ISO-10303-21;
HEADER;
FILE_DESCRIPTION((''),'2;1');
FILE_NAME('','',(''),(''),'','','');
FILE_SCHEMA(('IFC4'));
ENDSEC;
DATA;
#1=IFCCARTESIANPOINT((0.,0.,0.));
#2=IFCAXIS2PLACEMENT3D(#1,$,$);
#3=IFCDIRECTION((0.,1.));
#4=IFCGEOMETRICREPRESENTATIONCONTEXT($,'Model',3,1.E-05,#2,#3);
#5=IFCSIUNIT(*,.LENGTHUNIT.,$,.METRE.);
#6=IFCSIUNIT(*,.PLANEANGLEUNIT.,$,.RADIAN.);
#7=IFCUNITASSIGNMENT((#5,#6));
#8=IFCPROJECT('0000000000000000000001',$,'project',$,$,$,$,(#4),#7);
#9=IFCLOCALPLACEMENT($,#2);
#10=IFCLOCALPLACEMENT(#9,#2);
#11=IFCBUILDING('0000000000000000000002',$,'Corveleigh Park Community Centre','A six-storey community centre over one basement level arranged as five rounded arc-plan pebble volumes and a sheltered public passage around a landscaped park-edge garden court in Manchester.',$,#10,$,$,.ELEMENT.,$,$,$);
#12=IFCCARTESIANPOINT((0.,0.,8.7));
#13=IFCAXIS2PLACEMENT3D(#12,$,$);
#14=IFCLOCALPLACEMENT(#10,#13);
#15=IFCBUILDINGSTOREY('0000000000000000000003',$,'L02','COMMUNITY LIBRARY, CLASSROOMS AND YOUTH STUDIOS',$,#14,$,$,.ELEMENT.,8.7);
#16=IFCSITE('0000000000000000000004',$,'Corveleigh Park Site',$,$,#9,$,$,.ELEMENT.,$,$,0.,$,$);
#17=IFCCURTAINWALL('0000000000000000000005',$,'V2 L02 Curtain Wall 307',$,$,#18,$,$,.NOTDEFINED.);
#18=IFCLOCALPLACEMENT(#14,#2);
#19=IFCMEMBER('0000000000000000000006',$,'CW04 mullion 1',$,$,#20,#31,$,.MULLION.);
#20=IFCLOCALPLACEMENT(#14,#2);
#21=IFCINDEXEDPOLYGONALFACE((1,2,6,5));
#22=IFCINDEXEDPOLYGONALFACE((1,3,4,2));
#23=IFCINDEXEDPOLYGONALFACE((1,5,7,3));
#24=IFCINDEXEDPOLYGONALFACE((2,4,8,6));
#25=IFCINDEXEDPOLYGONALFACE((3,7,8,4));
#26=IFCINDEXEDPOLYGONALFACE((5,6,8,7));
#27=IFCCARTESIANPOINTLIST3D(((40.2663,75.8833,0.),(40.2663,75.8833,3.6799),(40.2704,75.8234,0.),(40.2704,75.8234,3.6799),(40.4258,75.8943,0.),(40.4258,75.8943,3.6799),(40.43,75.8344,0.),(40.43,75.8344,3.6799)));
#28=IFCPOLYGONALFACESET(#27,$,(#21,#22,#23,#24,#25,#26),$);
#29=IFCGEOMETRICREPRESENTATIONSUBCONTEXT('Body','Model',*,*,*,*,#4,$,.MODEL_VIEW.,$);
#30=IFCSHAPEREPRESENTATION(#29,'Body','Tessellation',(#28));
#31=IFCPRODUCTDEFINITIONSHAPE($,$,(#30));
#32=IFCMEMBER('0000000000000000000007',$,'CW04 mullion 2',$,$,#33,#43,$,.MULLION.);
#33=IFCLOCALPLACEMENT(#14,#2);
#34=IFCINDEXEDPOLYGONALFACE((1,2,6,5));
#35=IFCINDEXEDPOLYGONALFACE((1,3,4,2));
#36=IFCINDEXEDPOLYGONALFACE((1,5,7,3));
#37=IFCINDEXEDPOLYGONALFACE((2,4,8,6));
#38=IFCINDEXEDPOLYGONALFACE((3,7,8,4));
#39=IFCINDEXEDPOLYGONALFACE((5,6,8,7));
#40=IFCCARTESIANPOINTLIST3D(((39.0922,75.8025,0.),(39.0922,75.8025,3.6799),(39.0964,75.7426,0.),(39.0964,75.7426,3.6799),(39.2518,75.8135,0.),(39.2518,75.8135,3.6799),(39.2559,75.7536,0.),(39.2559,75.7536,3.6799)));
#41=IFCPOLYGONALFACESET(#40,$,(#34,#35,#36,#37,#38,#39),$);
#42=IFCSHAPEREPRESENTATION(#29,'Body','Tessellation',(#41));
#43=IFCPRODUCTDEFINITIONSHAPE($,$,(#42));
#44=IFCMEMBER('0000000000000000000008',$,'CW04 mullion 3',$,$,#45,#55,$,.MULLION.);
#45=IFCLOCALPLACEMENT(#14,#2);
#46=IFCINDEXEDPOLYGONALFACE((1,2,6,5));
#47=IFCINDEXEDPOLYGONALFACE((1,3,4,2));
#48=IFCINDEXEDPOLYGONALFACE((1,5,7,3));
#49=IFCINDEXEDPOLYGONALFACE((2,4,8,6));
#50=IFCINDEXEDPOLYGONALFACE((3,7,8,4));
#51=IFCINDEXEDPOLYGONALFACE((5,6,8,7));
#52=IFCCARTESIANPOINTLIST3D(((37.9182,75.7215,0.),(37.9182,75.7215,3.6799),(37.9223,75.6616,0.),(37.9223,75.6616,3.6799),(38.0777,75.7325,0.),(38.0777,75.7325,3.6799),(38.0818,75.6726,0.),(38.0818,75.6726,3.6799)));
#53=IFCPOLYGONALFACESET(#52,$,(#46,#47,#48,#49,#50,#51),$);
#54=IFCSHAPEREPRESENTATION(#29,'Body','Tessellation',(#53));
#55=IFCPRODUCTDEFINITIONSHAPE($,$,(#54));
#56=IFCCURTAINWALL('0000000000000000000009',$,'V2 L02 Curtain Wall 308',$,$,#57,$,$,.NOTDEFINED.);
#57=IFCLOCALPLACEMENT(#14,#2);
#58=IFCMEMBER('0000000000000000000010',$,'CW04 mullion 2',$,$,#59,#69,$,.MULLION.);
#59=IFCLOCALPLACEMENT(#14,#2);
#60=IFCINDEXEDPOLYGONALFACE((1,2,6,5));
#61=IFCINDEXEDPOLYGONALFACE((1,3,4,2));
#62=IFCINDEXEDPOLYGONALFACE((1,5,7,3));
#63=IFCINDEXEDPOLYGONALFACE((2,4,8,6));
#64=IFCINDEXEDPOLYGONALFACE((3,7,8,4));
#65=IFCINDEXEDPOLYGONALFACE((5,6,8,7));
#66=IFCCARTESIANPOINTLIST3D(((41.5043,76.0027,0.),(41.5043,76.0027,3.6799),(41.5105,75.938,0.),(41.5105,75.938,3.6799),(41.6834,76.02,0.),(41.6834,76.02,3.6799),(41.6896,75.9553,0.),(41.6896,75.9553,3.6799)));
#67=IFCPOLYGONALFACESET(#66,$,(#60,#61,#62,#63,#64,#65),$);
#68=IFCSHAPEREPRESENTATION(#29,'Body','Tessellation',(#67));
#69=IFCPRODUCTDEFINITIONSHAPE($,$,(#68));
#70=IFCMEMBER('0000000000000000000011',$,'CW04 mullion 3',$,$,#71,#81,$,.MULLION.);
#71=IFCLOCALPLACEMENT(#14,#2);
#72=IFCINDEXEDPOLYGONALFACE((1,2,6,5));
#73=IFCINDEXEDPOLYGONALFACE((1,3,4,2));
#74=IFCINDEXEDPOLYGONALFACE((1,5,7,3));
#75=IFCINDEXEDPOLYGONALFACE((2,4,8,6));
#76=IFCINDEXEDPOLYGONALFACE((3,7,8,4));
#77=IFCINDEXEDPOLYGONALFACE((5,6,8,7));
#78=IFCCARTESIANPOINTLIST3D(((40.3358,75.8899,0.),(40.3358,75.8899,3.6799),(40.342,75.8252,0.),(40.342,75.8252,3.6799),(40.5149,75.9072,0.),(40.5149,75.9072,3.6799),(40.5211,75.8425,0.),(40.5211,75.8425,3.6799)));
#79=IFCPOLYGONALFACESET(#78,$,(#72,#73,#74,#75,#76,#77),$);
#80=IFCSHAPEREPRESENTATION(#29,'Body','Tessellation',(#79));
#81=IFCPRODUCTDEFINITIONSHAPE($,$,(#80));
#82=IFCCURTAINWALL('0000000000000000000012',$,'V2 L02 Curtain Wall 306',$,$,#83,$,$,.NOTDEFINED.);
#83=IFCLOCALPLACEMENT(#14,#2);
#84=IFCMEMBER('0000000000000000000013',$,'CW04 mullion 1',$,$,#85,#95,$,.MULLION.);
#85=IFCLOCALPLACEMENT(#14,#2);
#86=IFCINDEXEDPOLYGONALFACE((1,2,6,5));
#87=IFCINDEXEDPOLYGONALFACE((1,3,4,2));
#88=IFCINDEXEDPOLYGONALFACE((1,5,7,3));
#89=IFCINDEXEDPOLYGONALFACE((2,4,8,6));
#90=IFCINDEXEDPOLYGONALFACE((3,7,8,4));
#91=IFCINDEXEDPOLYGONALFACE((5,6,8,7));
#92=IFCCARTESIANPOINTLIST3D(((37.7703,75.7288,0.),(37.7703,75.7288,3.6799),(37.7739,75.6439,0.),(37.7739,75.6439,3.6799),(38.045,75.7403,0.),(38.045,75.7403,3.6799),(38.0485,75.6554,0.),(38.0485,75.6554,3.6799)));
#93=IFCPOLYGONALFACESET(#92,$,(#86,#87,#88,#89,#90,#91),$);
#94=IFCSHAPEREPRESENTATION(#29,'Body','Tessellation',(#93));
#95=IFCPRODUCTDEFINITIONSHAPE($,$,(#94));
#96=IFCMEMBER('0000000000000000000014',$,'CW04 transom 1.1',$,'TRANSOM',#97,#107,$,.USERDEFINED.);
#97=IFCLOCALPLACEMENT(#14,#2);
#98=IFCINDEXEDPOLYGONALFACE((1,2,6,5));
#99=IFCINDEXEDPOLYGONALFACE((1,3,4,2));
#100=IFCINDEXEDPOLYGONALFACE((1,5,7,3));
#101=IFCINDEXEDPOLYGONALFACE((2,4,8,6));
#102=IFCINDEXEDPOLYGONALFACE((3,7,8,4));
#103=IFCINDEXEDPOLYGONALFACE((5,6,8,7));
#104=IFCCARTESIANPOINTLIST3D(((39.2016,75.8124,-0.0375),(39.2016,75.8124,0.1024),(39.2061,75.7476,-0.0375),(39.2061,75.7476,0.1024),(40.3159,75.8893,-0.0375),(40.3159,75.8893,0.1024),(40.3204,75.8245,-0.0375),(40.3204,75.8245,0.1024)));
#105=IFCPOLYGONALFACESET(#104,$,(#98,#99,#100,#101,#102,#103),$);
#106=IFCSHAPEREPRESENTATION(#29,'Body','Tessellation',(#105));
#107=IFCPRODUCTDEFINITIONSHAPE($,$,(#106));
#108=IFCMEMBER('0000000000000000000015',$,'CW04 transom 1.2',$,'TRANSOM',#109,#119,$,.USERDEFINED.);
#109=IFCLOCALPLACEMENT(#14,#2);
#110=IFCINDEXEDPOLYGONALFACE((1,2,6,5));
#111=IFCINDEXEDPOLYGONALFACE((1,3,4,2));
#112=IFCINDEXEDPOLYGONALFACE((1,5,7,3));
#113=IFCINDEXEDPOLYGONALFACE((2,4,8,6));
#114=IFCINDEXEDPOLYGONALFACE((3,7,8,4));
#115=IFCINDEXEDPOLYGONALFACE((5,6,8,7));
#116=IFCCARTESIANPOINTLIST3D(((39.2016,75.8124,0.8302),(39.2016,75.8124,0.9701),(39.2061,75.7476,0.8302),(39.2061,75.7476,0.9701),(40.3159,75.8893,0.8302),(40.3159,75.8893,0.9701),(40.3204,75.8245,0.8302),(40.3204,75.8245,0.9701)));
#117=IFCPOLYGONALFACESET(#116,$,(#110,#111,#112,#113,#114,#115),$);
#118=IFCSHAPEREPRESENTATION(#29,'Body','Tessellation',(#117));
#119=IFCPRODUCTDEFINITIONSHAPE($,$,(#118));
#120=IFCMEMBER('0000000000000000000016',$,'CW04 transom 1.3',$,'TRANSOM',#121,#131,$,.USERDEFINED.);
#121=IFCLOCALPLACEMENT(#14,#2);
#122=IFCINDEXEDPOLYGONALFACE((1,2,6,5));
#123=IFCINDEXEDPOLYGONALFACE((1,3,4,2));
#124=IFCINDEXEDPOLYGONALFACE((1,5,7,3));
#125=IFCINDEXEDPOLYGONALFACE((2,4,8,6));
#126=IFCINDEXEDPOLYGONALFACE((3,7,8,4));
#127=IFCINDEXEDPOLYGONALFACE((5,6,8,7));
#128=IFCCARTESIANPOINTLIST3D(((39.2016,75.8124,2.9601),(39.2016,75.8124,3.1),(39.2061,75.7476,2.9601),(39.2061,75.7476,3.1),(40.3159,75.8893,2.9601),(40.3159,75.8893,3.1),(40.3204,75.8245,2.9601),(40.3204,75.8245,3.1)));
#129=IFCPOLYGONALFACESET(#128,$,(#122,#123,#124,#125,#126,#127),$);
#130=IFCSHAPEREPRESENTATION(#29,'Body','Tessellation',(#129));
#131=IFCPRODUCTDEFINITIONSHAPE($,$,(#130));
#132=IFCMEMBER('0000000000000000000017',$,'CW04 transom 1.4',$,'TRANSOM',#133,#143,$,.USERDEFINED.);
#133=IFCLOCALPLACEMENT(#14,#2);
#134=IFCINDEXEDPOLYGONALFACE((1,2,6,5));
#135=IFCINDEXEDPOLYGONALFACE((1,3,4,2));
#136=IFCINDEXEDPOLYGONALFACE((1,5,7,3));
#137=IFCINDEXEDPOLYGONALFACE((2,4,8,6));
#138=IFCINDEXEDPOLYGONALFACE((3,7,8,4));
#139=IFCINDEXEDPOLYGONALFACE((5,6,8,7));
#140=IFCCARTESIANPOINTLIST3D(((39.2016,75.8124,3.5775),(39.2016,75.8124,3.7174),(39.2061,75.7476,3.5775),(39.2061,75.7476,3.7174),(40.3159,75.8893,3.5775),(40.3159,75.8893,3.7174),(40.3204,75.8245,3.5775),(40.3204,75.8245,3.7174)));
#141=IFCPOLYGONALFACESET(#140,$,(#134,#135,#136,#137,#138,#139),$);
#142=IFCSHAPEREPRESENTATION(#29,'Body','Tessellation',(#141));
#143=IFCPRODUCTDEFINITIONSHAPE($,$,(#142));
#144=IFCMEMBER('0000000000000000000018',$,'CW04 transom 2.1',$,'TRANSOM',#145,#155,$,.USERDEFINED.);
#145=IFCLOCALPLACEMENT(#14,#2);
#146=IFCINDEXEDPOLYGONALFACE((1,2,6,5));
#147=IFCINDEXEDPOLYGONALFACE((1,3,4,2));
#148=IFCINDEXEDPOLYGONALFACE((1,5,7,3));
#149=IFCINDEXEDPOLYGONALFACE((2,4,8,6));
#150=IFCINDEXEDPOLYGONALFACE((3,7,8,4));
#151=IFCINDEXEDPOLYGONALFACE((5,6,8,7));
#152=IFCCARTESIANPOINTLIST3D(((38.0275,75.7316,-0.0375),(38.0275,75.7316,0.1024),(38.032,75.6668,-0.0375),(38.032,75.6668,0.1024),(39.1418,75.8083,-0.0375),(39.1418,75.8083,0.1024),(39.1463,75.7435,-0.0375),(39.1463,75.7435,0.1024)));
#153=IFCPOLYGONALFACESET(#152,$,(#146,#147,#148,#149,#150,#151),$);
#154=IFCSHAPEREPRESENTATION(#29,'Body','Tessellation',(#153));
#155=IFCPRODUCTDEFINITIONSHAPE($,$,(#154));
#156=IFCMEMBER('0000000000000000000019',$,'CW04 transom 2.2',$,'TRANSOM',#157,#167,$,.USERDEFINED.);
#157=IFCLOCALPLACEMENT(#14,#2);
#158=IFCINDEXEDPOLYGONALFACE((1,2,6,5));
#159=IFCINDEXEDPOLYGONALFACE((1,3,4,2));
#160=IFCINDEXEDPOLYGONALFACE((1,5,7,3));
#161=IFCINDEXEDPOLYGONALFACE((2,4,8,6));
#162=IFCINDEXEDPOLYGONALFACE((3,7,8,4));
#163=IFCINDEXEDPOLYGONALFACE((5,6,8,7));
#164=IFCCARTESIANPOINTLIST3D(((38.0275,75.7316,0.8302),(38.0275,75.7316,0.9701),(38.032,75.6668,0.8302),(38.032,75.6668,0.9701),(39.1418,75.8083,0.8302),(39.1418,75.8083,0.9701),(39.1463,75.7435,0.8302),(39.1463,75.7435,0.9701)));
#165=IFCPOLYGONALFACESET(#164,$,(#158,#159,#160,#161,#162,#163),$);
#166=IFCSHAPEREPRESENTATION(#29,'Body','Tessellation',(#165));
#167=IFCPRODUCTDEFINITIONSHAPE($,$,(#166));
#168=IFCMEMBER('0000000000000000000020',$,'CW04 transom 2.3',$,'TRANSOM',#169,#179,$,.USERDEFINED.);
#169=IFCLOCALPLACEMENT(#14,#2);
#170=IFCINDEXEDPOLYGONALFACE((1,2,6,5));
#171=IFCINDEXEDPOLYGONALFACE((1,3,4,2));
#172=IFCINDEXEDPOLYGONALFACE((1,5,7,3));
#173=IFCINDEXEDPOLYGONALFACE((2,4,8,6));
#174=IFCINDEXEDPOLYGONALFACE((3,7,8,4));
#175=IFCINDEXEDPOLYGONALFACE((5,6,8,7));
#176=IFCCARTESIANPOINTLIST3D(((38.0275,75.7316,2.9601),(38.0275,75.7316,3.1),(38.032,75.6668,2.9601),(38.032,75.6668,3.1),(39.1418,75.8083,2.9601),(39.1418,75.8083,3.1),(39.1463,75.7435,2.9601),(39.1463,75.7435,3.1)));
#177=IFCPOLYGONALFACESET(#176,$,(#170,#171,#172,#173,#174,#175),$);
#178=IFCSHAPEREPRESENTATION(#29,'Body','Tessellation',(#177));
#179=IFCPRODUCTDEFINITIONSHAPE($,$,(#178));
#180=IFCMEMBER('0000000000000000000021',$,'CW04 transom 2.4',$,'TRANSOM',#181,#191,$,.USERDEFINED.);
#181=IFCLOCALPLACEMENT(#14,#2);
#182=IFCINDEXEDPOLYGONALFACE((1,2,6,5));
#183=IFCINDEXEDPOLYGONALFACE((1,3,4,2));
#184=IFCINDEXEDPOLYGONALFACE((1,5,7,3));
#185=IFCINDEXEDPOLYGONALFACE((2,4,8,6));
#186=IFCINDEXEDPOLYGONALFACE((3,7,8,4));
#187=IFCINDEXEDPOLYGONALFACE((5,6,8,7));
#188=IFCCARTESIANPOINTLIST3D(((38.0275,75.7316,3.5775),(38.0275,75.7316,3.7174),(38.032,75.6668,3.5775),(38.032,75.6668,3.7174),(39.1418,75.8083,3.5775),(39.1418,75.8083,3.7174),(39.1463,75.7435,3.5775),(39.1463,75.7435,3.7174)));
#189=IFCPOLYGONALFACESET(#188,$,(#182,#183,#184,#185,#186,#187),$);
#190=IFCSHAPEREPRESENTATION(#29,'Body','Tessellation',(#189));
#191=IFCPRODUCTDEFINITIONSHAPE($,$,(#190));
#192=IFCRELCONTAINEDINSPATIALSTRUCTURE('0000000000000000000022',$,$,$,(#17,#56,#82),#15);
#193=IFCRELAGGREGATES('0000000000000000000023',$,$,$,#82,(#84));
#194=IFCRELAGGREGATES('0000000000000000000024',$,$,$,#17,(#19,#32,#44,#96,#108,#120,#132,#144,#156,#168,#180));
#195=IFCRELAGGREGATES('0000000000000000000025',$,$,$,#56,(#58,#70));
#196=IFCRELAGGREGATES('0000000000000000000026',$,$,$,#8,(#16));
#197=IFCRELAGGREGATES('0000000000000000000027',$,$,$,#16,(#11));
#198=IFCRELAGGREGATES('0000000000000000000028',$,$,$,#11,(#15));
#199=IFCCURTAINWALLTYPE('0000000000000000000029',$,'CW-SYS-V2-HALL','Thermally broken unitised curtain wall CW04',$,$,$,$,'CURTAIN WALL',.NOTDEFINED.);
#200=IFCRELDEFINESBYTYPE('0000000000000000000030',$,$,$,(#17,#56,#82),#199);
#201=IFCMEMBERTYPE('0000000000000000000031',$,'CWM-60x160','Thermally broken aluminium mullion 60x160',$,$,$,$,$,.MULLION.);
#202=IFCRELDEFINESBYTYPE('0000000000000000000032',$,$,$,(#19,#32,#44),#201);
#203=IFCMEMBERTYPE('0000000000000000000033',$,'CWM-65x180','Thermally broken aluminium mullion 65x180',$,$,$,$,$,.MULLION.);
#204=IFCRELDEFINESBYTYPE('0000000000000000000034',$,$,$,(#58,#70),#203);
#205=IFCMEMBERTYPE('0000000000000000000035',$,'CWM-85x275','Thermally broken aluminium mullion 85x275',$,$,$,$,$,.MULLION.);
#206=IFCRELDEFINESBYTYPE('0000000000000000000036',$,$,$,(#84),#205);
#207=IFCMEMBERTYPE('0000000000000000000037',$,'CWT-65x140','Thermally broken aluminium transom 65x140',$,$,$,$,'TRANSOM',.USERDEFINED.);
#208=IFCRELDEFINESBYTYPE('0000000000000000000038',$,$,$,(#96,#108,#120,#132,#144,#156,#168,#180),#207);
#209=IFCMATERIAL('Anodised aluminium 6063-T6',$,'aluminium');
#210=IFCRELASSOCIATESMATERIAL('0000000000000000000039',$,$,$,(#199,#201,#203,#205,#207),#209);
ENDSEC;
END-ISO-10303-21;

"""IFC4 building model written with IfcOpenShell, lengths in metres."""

from ifc_helpers import new_model, si_unit, direction, frame, origin, origin_2d, place, context, subcontext, project, spatial, rectangle, extrude, material, material_profile, profile_set, type_object, element, aggregate, save


model = new_model("IFC4")

# Units and contexts
model_context = context("Model", 3, precision=1e-05, world=origin(), true_north=direction((0.0, 1.0)))
body_context = subcontext(model_context, "Body", "Model", "MODEL_VIEW")
ifc_project = project(units=[si_unit("LENGTHUNIT", "METRE"), si_unit("PLANEANGLEUNIT", "RADIAN")], contexts=[model_context])

# Site, building, storey
site_placement = place(None, origin())
site = spatial("IfcSite", under=ifc_project, at=site_placement, Name="Corveleigh Park Site", CompositionType="ELEMENT", RefElevation=0.0)
building_placement = place(site_placement, origin())
building = spatial("IfcBuilding", under=site, at=building_placement, Name="Corveleigh Park Community Centre", Description="A six-storey community centre over one basement level arranged as five rounded arc-plan pebble volumes and a sheltered public passage around a landscaped park-edge garden court in Manchester.", CompositionType="ELEMENT")
storey_placement = place(building_placement, frame((0.0, 0.0, 8.7)))
storey = spatial("IfcBuildingStorey", under=building, at=storey_placement, Name="L02", Description="COMMUNITY LIBRARY, CLASSROOMS AND YOUTH STUDIOS", CompositionType="ELEMENT", Elevation=8.7)

# Curtain walls, members
ifc_material_1 = material(Name="Anodised aluminium 6063-T6", Category="aluminium")
curtain_wall_type = type_object("IfcCurtainWallType", Name="CW-SYS-V2-HALL", Description="Thermally broken unitised curtain wall CW04", ElementType="CURTAIN WALL", PredefinedType="NOTDEFINED", material=ifc_material_1)
curtain_wall_1_placement = place(storey_placement, origin())
curtain_wall_1 = element("IfcCurtainWall", 1, at=curtain_wall_1_placement, inside=storey, type_object=curtain_wall_type, Name="V2 L02 Curtain Wall 307", PredefinedType="NOTDEFINED")
ifc_material_profile_1 = material_profile(ifc_material_1, rectangle(XDim=0.0601, YDim=0.1599, at=origin_2d()), Name="ALU-M60x160", Category="aluminium")
ifc_profile_set_1 = profile_set([ifc_material_profile_1], Name="Anodised aluminium 6063-T6")
member_type_1 = type_object("IfcMemberType", Name="CWM-60x160", Description="Thermally broken aluminium mullion 60x160", PredefinedType="MULLION", material=ifc_profile_set_1)
member_1_placement = place(storey_placement, frame((40.3481, 75.8589, 0.0), z_axis=(0.0, 0.0, 1.0), x_axis=(0.068774, -0.997632, 0.0)))
member_1 = element("IfcMember", 2, at=member_1_placement, type_object=member_type_1, Name="CW04 mullion 1", PredefinedType="MULLION", context=body_context, shape_type="SweptSolid", body=[
    extrude(rectangle(XDim=0.0601, YDim=0.1599, at=origin_2d()), origin(), (0.0, 0.0, 1.0), 3.6799),
])
member_2_placement = place(storey_placement, frame((39.1741, 75.7781, 0.0), z_axis=(0.0, 0.0, 1.0), x_axis=(0.068774, -0.997632, 0.0)))
member_2 = element("IfcMember", 3, at=member_2_placement, type_object=member_type_1, Name="CW04 mullion 2", PredefinedType="MULLION", context=body_context, shape_type="SweptSolid", body=[
    extrude(rectangle(XDim=0.0601, YDim=0.1599, at=origin_2d()), origin(), (0.0, 0.0, 1.0), 3.6799),
])
member_3_placement = place(storey_placement, frame((38.0, 75.697, 0.0), z_axis=(0.0, 0.0, 1.0), x_axis=(0.068774, -0.997632, 0.0)))
member_3 = element("IfcMember", 4, at=member_3_placement, type_object=member_type_1, Name="CW04 mullion 3", PredefinedType="MULLION", context=body_context, shape_type="SweptSolid", body=[
    extrude(rectangle(XDim=0.0601, YDim=0.1599, at=origin_2d()), origin(), (0.0, 0.0, 1.0), 3.6799),
])
curtain_wall_2_placement = place(storey_placement, origin())
curtain_wall_2 = element("IfcCurtainWall", 5, at=curtain_wall_2_placement, inside=storey, type_object=curtain_wall_type, Name="V2 L02 Curtain Wall 308", PredefinedType="NOTDEFINED")
ifc_material_profile_2 = material_profile(ifc_material_1, rectangle(XDim=0.0649, YDim=0.1799, at=origin_2d()), Name="ALU-M65x180", Category="aluminium")
ifc_profile_set_2 = profile_set([ifc_material_profile_2], Name="Anodised aluminium 6063-T6")
member_type_2 = type_object("IfcMemberType", Name="CWM-65x180", Description="Thermally broken aluminium mullion 65x180", PredefinedType="MULLION", material=ifc_profile_set_2)
member_4_placement = place(storey_placement, frame((41.5969, 75.979, 0.0), z_axis=(0.0, 0.0, 1.0), x_axis=(0.096139, -0.995368, 0.0)))
member_4 = element("IfcMember", 6, at=member_4_placement, type_object=member_type_2, Name="CW04 mullion 2", PredefinedType="MULLION", context=body_context, shape_type="SweptSolid", body=[
    extrude(rectangle(XDim=0.0649, YDim=0.1799, at=origin_2d()), origin(), (0.0, 0.0, 1.0), 3.6799),
])
member_5_placement = place(storey_placement, frame((40.4285, 75.8662, 0.0), z_axis=(0.0, 0.0, 1.0), x_axis=(0.096139, -0.995368, 0.0)))
member_5 = element("IfcMember", 7, at=member_5_placement, type_object=member_type_2, Name="CW04 mullion 3", PredefinedType="MULLION", context=body_context, shape_type="SweptSolid", body=[
    extrude(rectangle(XDim=0.0649, YDim=0.1799, at=origin_2d()), origin(), (0.0, 0.0, 1.0), 3.6799),
])

# Curtain wall, member
curtain_wall_3_placement = place(storey_placement, origin())
curtain_wall_3 = element("IfcCurtainWall", 8, at=curtain_wall_3_placement, inside=storey, type_object=curtain_wall_type, Name="V2 L02 Curtain Wall 306", PredefinedType="NOTDEFINED")
ifc_material_profile_3 = material_profile(ifc_material_1, rectangle(XDim=0.085, YDim=0.2749, at=origin_2d()), Name="ALU-M85x275", Category="aluminium")
ifc_profile_set_3 = profile_set([ifc_material_profile_3], Name="Anodised aluminium 6063-T6")
member_type_3 = type_object("IfcMemberType", Name="CWM-85x275", Description="Thermally broken aluminium mullion 85x275", PredefinedType="MULLION", material=ifc_profile_set_3)
member_6_placement = place(storey_placement, frame((37.9094, 75.6921, 0.0), z_axis=(0.0, 0.0, 1.0), x_axis=(0.041837, -0.999124, 0.0)))
member_6 = element("IfcMember", 9, at=member_6_placement, type_object=member_type_3, Name="CW04 mullion 1", PredefinedType="MULLION", context=body_context, shape_type="SweptSolid", body=[
    extrude(rectangle(XDim=0.085, YDim=0.2749, at=origin_2d()), origin(), (0.0, 0.0, 1.0), 3.6799),
])
aggregate(curtain_wall_3, [member_6])

# Members
ifc_material_profile_4 = material_profile(ifc_material_1, rectangle(XDim=0.0649, YDim=0.1399, at=origin_2d()), Name="ALU-T65x140", Category="aluminium")
ifc_profile_set_4 = profile_set([ifc_material_profile_4], Name="Anodised aluminium 6063-T6")
member_type_4 = type_object("IfcMemberType", Name="CWT-65x140", Description="Thermally broken aluminium transom 65x140", ElementType="TRANSOM", PredefinedType="USERDEFINED", material=ifc_profile_set_4)
member_7_placement = place(storey_placement, frame((40.3181, 75.8569, 0.0325), z_axis=(-0.997627, -0.068855, 0.0), x_axis=(0.068855, -0.997627, 0.0)))
member_7 = element("IfcMember", 10, at=member_7_placement, type_object=member_type_4, Name="CW04 transom 1.1", ObjectType="TRANSOM", PredefinedType="USERDEFINED", context=body_context, shape_type="SweptSolid", body=[
    extrude(rectangle(XDim=0.0649, YDim=0.1399, at=origin_2d()), origin(), (0.0, 0.0, 1.0), 1.1169),
])
member_8_placement = place(storey_placement, frame((40.3181, 75.8569, 0.9001), z_axis=(-0.997627, -0.068855, 0.0), x_axis=(0.068855, -0.997627, 0.0)))
member_8 = element("IfcMember", 11, at=member_8_placement, type_object=member_type_4, Name="CW04 transom 1.2", ObjectType="TRANSOM", PredefinedType="USERDEFINED", context=body_context, shape_type="SweptSolid", body=[
    extrude(rectangle(XDim=0.0649, YDim=0.1399, at=origin_2d()), origin(), (0.0, 0.0, 1.0), 1.1169),
])
member_9_placement = place(storey_placement, frame((40.3181, 75.8569, 3.03), z_axis=(-0.997627, -0.068855, 0.0), x_axis=(0.068855, -0.997627, 0.0)))
member_9 = element("IfcMember", 12, at=member_9_placement, type_object=member_type_4, Name="CW04 transom 1.3", ObjectType="TRANSOM", PredefinedType="USERDEFINED", context=body_context, shape_type="SweptSolid", body=[
    extrude(rectangle(XDim=0.0649, YDim=0.1399, at=origin_2d()), origin(), (0.0, 0.0, 1.0), 1.1169),
])
member_10_placement = place(storey_placement, frame((40.3181, 75.8569, 3.6475), z_axis=(-0.997627, -0.068855, 0.0), x_axis=(0.068855, -0.997627, 0.0)))
member_10 = element("IfcMember", 13, at=member_10_placement, type_object=member_type_4, Name="CW04 transom 1.4", ObjectType="TRANSOM", PredefinedType="USERDEFINED", context=body_context, shape_type="SweptSolid", body=[
    extrude(rectangle(XDim=0.0649, YDim=0.1399, at=origin_2d()), origin(), (0.0, 0.0, 1.0), 1.1169),
])
member_11_placement = place(storey_placement, frame((39.144, 75.7759, 0.0325), z_axis=(-0.997642, -0.068637, 0.0), x_axis=(0.068637, -0.997642, 0.0)))
member_11 = element("IfcMember", 14, at=member_11_placement, type_object=member_type_4, Name="CW04 transom 2.1", ObjectType="TRANSOM", PredefinedType="USERDEFINED", context=body_context, shape_type="SweptSolid", body=[
    extrude(rectangle(XDim=0.0649, YDim=0.1399, at=origin_2d()), origin(), (0.0, 0.0, 1.0), 1.1169),
])
member_12_placement = place(storey_placement, frame((39.144, 75.7759, 0.9001), z_axis=(-0.997642, -0.068637, 0.0), x_axis=(0.068637, -0.997642, 0.0)))
member_12 = element("IfcMember", 15, at=member_12_placement, type_object=member_type_4, Name="CW04 transom 2.2", ObjectType="TRANSOM", PredefinedType="USERDEFINED", context=body_context, shape_type="SweptSolid", body=[
    extrude(rectangle(XDim=0.0649, YDim=0.1399, at=origin_2d()), origin(), (0.0, 0.0, 1.0), 1.1169),
])
member_13_placement = place(storey_placement, frame((39.144, 75.7759, 3.03), z_axis=(-0.997642, -0.068637, 0.0), x_axis=(0.068637, -0.997642, 0.0)))
member_13 = element("IfcMember", 16, at=member_13_placement, type_object=member_type_4, Name="CW04 transom 2.3", ObjectType="TRANSOM", PredefinedType="USERDEFINED", context=body_context, shape_type="SweptSolid", body=[
    extrude(rectangle(XDim=0.0649, YDim=0.1399, at=origin_2d()), origin(), (0.0, 0.0, 1.0), 1.1169),
])
member_14_placement = place(storey_placement, frame((39.144, 75.7759, 3.6475), z_axis=(-0.997642, -0.068637, 0.0), x_axis=(0.068637, -0.997642, 0.0)))
member_14 = element("IfcMember", 17, at=member_14_placement, type_object=member_type_4, Name="CW04 transom 2.4", ObjectType="TRANSOM", PredefinedType="USERDEFINED", context=body_context, shape_type="SweptSolid", body=[
    extrude(rectangle(XDim=0.0649, YDim=0.1399, at=origin_2d()), origin(), (0.0, 0.0, 1.0), 1.1169),
])

aggregate(curtain_wall_1, [member_1, member_2, member_3, member_7, member_8, member_9, member_10, member_11, member_12, member_13, member_14])
aggregate(curtain_wall_2, [member_4, member_5])

save(model, "model.ifc")
